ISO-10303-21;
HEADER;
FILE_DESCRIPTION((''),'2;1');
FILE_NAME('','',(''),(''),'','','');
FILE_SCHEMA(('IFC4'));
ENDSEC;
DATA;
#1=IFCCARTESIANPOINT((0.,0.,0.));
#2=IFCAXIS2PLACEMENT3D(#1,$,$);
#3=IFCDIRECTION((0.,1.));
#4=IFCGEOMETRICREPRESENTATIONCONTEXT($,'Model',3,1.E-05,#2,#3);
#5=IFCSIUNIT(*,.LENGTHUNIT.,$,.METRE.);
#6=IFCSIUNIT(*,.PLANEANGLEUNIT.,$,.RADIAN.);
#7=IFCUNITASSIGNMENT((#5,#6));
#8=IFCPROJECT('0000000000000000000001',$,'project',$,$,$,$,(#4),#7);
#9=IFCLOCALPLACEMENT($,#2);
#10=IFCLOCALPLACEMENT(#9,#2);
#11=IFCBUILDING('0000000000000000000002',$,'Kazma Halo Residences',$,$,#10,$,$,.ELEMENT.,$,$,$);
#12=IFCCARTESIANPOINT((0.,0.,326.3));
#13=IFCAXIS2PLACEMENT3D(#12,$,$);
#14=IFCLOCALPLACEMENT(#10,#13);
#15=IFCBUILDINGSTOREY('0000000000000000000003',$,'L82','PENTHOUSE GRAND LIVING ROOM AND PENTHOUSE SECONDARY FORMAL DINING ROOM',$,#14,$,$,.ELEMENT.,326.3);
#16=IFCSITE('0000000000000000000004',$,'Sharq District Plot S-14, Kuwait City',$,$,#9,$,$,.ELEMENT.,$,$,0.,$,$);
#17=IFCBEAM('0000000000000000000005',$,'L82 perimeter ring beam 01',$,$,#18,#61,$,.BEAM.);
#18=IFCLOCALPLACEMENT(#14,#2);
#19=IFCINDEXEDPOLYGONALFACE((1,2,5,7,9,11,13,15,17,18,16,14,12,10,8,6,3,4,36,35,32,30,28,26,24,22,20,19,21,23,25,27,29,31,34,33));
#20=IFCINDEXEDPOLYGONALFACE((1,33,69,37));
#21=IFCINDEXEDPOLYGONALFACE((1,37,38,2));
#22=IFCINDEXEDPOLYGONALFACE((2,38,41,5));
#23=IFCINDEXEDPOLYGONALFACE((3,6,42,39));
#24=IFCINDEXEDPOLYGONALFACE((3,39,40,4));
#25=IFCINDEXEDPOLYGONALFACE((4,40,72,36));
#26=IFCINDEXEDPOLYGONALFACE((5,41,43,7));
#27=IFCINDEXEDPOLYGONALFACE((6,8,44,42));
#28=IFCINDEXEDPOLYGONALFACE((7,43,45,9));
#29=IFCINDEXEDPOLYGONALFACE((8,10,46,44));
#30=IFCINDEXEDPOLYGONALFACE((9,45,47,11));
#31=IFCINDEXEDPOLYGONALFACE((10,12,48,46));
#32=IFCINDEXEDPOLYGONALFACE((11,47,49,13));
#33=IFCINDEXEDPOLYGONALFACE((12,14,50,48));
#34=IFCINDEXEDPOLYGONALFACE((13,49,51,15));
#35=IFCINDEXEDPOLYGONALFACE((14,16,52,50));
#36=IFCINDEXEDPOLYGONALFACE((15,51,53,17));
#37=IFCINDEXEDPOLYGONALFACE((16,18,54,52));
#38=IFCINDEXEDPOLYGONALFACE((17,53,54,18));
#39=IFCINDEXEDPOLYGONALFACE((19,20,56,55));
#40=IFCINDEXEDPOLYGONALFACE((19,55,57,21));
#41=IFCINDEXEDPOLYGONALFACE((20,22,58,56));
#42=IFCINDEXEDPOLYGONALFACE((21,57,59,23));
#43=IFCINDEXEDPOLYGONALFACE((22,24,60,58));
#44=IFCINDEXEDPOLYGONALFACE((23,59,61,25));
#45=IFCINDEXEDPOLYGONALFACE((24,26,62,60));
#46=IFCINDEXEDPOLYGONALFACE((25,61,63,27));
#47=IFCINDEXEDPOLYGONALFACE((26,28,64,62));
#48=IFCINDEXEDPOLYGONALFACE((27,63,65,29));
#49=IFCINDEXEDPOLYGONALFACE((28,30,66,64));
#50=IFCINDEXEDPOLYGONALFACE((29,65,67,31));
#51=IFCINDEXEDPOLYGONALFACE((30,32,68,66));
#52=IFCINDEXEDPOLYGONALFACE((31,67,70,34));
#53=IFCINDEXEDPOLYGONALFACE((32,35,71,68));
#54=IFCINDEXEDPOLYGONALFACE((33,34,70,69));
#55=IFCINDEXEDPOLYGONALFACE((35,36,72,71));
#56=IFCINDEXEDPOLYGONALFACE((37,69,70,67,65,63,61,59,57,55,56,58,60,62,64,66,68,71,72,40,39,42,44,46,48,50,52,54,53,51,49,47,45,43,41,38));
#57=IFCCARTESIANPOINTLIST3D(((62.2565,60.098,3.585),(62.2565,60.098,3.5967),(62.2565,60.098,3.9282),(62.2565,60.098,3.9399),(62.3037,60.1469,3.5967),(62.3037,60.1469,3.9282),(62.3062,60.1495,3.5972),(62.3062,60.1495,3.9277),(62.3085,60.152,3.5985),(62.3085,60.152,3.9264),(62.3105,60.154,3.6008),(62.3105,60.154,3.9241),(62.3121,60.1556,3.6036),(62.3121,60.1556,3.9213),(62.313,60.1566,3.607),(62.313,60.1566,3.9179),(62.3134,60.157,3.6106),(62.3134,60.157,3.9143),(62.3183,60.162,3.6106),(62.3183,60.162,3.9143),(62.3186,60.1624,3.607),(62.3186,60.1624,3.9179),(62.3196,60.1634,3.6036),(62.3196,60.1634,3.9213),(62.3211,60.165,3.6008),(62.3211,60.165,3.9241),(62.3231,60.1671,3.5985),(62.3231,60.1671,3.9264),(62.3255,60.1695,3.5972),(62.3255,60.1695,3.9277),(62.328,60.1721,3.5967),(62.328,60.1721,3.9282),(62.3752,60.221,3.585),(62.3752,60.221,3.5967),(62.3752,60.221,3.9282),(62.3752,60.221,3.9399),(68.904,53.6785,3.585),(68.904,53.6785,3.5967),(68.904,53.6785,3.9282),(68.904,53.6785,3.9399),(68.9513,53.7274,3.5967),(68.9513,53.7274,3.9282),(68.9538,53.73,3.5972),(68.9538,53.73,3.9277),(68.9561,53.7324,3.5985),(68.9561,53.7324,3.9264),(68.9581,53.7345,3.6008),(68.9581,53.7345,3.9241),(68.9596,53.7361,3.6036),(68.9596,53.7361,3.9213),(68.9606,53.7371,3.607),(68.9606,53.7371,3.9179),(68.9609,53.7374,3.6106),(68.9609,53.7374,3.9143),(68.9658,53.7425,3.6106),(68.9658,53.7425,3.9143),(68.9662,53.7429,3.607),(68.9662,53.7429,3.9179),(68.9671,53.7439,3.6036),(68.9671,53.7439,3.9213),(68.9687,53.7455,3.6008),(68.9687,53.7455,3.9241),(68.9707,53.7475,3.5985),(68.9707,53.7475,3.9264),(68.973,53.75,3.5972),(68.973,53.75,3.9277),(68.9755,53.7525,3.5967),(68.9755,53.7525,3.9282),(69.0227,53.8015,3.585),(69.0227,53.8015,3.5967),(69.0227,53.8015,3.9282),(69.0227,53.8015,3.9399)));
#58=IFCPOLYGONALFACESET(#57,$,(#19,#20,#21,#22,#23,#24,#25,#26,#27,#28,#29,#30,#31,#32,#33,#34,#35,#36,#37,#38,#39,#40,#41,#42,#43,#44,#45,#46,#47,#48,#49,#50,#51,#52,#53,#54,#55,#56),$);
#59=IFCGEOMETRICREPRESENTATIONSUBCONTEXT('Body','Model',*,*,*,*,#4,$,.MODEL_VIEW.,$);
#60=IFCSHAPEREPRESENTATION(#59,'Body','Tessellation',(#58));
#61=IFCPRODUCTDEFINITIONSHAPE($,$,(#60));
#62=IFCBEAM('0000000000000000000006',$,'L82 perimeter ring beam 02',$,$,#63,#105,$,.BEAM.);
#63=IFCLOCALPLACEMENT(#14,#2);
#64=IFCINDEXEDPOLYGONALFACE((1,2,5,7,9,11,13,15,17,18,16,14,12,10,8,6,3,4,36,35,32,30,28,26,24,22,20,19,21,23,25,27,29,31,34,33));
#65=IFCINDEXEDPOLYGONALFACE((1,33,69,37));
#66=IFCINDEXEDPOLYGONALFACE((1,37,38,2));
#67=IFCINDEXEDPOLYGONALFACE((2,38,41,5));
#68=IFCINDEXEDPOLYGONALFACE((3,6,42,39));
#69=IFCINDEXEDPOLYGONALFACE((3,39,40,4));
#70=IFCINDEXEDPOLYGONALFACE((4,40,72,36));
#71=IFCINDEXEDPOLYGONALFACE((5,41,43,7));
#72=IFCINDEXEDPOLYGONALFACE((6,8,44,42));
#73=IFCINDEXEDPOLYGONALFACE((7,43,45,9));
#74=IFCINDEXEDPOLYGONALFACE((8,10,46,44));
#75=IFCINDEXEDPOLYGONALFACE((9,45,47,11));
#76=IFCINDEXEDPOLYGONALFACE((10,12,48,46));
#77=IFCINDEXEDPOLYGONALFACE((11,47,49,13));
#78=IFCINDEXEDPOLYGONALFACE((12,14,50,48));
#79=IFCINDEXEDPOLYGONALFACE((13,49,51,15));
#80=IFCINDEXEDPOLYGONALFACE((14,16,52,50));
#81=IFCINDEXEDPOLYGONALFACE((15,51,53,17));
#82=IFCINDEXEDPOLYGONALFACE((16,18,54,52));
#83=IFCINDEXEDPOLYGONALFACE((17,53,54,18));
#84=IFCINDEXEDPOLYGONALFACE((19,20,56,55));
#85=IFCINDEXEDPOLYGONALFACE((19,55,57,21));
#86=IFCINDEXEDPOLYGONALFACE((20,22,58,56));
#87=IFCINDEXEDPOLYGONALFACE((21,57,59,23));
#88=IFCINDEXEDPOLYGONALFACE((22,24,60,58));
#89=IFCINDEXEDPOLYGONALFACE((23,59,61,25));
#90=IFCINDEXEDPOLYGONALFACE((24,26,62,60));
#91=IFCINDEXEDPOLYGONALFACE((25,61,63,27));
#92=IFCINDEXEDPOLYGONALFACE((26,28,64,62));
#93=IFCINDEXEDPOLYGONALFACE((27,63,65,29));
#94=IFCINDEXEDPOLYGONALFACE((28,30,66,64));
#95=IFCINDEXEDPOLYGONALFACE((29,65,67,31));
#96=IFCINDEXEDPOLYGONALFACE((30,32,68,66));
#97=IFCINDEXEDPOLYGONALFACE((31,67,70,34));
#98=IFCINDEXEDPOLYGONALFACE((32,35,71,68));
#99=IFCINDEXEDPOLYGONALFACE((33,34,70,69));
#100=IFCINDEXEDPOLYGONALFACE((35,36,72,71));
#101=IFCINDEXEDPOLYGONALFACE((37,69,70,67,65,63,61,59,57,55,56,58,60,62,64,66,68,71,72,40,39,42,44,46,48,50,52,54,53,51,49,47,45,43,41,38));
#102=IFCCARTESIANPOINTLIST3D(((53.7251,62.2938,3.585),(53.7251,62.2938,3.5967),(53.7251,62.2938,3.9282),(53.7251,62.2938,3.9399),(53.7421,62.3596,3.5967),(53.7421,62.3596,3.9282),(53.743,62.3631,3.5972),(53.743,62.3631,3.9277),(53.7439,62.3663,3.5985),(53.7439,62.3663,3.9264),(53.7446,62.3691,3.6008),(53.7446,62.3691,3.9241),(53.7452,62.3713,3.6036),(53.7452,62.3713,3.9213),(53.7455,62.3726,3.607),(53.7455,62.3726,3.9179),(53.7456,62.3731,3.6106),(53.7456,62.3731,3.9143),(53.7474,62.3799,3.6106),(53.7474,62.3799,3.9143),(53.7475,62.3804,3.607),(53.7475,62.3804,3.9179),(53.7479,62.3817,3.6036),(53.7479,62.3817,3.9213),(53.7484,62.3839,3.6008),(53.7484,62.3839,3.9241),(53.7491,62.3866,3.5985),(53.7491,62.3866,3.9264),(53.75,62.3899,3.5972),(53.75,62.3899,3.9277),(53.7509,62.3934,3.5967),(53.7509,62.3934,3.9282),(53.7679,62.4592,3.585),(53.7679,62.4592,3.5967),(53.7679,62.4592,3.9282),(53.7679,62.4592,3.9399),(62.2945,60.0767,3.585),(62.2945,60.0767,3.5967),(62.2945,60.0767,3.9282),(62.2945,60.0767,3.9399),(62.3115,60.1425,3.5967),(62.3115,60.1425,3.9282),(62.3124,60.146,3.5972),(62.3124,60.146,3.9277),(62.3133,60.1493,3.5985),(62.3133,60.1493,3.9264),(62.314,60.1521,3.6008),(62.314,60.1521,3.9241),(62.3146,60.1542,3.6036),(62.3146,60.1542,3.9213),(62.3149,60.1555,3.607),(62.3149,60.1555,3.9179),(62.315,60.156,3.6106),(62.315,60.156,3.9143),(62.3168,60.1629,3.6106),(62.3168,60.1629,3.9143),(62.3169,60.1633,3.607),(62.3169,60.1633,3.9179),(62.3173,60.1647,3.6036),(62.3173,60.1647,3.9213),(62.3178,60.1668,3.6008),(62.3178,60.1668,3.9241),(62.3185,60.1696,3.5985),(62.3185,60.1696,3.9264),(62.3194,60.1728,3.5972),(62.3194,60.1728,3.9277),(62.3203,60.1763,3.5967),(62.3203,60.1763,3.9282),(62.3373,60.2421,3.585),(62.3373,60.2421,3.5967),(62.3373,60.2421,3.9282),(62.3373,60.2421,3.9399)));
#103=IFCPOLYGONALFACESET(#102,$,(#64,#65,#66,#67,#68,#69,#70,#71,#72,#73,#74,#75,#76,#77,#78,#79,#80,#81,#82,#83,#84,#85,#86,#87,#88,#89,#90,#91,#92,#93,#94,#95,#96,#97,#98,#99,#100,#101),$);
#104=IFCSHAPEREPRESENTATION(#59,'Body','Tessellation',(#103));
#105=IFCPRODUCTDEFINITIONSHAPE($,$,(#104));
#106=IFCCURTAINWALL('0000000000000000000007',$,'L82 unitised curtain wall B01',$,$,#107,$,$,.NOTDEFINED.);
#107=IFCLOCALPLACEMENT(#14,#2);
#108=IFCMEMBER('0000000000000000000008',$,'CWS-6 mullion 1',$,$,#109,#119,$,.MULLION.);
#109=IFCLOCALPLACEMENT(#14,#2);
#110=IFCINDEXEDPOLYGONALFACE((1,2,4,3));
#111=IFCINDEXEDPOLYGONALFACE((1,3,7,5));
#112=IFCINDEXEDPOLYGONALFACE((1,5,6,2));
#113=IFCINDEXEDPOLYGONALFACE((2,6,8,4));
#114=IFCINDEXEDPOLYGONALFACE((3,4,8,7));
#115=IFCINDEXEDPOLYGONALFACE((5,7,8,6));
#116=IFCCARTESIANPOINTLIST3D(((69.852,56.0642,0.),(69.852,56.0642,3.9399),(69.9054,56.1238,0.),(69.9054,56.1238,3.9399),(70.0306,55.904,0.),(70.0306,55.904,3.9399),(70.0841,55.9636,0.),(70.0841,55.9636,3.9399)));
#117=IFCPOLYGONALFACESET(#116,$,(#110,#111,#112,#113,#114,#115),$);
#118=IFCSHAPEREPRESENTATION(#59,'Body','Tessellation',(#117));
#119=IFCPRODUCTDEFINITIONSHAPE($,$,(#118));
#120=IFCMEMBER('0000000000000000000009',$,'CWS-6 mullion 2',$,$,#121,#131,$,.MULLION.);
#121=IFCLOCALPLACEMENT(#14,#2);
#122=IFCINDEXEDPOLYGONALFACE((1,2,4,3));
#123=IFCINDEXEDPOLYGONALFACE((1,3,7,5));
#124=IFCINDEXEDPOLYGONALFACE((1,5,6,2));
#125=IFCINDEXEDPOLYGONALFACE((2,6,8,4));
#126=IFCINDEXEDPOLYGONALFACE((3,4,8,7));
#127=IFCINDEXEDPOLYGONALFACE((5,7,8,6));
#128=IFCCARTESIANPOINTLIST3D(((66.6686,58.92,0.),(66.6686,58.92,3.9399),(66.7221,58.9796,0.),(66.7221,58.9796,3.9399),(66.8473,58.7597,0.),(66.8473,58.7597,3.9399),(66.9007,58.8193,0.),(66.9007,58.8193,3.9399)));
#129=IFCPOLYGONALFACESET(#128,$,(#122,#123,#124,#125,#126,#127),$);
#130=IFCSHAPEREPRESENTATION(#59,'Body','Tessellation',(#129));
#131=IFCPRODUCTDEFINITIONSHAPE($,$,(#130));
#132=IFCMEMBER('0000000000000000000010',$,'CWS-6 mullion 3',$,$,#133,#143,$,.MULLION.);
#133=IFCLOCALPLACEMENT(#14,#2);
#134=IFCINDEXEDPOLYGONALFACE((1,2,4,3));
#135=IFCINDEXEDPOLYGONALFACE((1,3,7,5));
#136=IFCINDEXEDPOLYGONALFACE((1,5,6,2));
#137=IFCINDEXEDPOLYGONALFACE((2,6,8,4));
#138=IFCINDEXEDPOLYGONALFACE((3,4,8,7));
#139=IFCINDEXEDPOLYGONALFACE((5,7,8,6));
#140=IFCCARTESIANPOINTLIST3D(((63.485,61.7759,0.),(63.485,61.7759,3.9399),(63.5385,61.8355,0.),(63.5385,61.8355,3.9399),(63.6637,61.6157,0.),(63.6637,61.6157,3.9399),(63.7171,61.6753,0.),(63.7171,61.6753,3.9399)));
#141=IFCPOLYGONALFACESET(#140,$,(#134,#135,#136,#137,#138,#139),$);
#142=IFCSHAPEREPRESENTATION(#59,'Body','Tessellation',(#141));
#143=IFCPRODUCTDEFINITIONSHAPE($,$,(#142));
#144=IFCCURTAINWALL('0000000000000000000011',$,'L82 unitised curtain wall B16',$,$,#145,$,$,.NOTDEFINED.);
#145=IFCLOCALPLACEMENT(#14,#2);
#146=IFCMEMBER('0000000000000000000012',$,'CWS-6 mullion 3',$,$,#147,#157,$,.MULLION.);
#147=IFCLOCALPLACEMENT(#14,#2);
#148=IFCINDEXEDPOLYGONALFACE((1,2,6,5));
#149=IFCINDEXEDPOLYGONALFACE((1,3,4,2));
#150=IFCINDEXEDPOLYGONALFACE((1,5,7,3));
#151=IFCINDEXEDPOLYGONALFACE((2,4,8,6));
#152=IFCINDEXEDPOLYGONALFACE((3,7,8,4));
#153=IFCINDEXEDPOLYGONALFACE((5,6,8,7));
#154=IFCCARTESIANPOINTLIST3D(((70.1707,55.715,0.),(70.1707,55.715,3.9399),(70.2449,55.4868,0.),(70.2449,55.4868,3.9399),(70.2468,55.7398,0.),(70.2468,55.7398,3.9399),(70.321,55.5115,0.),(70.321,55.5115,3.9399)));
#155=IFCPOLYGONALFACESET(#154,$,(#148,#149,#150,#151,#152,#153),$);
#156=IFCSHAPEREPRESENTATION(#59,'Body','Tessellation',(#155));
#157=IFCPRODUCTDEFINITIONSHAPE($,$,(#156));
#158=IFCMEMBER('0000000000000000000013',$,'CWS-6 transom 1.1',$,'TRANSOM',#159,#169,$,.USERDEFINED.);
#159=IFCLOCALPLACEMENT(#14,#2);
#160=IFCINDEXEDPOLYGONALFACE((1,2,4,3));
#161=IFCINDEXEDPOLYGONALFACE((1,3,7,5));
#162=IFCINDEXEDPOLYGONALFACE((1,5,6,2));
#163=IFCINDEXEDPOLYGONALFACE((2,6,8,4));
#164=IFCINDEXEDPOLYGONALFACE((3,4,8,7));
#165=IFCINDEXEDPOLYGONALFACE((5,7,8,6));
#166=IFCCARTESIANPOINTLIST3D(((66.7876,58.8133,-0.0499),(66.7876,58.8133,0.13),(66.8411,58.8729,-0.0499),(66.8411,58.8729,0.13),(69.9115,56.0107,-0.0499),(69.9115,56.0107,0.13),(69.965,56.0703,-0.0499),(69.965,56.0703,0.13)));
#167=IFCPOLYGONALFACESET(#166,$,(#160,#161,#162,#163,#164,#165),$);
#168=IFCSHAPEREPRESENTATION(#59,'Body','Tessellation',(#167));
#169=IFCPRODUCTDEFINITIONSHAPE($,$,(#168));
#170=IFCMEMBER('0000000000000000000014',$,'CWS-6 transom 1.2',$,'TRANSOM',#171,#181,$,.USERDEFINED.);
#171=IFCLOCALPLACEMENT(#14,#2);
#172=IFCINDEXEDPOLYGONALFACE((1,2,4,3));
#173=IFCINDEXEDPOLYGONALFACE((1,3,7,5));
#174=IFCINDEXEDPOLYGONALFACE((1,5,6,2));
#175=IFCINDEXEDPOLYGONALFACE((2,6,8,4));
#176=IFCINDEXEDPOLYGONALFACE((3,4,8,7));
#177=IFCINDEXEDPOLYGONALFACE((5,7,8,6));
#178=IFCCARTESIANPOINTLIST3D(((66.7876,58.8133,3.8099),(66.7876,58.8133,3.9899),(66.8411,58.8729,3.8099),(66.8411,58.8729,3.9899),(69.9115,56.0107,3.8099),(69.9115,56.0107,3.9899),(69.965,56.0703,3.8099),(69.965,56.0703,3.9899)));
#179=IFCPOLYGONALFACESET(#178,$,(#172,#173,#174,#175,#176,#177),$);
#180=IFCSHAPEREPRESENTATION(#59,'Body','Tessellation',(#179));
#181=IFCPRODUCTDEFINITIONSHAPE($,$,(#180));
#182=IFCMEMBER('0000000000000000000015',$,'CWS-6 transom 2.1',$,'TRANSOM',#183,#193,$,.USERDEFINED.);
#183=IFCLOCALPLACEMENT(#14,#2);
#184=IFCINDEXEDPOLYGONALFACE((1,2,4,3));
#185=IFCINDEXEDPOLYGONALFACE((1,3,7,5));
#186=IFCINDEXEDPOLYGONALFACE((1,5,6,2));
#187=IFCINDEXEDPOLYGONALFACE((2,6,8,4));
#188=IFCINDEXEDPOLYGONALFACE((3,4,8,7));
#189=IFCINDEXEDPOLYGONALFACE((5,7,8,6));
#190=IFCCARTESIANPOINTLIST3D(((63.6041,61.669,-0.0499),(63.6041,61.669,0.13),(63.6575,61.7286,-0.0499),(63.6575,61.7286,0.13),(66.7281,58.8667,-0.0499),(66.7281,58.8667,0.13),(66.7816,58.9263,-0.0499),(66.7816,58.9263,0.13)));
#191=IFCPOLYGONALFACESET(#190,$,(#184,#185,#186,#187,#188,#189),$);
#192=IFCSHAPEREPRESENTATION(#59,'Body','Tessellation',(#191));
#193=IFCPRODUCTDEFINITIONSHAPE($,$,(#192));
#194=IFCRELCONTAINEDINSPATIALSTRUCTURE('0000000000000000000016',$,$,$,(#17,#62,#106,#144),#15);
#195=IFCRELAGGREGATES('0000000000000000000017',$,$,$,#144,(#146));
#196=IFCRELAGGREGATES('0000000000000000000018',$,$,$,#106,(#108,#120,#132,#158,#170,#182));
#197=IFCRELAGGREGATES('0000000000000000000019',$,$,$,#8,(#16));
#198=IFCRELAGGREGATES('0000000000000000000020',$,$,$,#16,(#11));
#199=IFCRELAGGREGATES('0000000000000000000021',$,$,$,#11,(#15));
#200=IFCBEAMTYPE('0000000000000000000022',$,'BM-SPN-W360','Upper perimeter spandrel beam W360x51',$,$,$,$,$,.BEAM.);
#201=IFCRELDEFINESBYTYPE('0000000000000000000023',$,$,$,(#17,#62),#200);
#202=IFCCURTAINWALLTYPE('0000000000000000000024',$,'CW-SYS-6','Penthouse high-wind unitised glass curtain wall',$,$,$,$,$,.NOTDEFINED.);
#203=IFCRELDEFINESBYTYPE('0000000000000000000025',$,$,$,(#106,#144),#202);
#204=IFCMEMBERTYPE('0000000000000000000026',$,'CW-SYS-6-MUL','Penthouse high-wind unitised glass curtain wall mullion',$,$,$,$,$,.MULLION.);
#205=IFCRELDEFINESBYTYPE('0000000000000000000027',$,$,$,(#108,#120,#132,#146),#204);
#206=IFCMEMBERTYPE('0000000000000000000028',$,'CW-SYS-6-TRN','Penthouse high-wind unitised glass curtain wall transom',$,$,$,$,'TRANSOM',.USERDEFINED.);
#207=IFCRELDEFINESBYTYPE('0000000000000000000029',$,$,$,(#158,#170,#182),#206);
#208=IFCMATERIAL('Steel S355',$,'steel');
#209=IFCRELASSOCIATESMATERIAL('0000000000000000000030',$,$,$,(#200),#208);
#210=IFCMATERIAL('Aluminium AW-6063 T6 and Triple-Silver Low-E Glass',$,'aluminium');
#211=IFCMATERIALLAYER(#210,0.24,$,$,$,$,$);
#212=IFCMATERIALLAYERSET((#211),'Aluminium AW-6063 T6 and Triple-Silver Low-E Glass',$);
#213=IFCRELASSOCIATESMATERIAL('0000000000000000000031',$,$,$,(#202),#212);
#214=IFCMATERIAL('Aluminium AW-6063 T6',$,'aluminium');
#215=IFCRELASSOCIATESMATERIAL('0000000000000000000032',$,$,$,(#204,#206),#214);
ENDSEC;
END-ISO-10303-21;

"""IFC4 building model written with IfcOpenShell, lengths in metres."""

from ifc_helpers import new_model, si_unit, direction, frame, origin, origin_2d, place, context, subcontext, project, spatial, rectangle, i_section, extrude, material, layer, layer_set, material_profile, profile_set, type_object, element, aggregate, save


model = new_model("IFC4")

# Units and contexts
model_context = context("Model", 3, precision=1e-05, world=origin(), true_north=direction((0.0, 1.0)))
body_context = subcontext(model_context, "Body", "Model", "MODEL_VIEW")
ifc_project = project(units=[si_unit("LENGTHUNIT", "METRE"), si_unit("PLANEANGLEUNIT", "RADIAN")], contexts=[model_context])

# Site, building, storey
site_placement = place(None, origin())
site = spatial("IfcSite", under=ifc_project, at=site_placement, Name="Sharq District Plot S-14, Kuwait City", CompositionType="ELEMENT", RefElevation=0.0)
building_placement = place(site_placement, origin())
building = spatial("IfcBuilding", under=site, at=building_placement, Name="Kazma Halo Residences", CompositionType="ELEMENT")
storey_placement = place(building_placement, frame((0.0, 0.0, 326.3)))
storey = spatial("IfcBuildingStorey", under=building, at=storey_placement, Name="L82", Description="PENTHOUSE GRAND LIVING ROOM AND PENTHOUSE SECONDARY FORMAL DINING ROOM", CompositionType="ELEMENT", Elevation=326.3)

# Beams
ifc_material_1 = material(Name="Steel S355", Category="steel")
ifc_material_profile_1 = material_profile(ifc_material_1, i_section(OverallWidth=0.1709, OverallDepth=0.355, WebThickness=0.0071, FlangeThickness=0.0117, FilletRadius=0.0139, at=origin_2d()), Name="W360x51")
ifc_profile_set_1 = profile_set([ifc_material_profile_1], Name="Steel S355")
beam_type_1 = type_object("IfcBeamType", Name="BM-SPN-W360", Description="Upper perimeter spandrel beam W360x51", PredefinedType="BEAM", material=ifc_profile_set_1)
beam_1_placement = place(storey_placement, frame((68.9634, 53.74, 3.7625), z_axis=(-0.719337, 0.694661, 0.0), x_axis=(-0.694661, -0.719337, 0.0)))
element("IfcBeam", 1, at=beam_1_placement, inside=storey, type_object=beam_type_1, Name="L82 perimeter ring beam 01", PredefinedType="BEAM", context=body_context, shape_type="SweptSolid", body=[
    extrude(i_section(OverallWidth=0.1709, OverallDepth=0.355, WebThickness=0.0071, FlangeThickness=0.0117, FilletRadius=0.0139, at=origin_2d()), origin(), (0.0, 0.0, 1.0), 9.2412),
])
beam_2_placement = place(storey_placement, frame((62.3159, 60.1594, 3.7625), z_axis=(-0.968124, 0.250471, 0.0), x_axis=(-0.250471, -0.968124, 0.0)))
element("IfcBeam", 2, at=beam_2_placement, inside=storey, type_object=beam_type_1, Name="L82 perimeter ring beam 02", PredefinedType="BEAM", context=body_context, shape_type="SweptSolid", body=[
    extrude(i_section(OverallWidth=0.1709, OverallDepth=0.355, WebThickness=0.0071, FlangeThickness=0.0117, FilletRadius=0.0139, at=origin_2d()), origin(), (0.0, 0.0, 1.0), 8.8516),
])

# Curtain wall, members
ifc_material_2 = material(Name="Aluminium AW-6063 T6 and Triple-Silver Low-E Glass", Category="aluminium")
ifc_layer_1 = layer(ifc_material_2, 0.24)
ifc_layer_set_1 = layer_set([ifc_layer_1], Name="Aluminium AW-6063 T6 and Triple-Silver Low-E Glass")
curtain_wall_type = type_object("IfcCurtainWallType", Name="CW-SYS-6", Description="Penthouse high-wind unitised glass curtain wall", PredefinedType="NOTDEFINED", material=ifc_layer_set_1)
curtain_wall_1_placement = place(storey_placement, origin())
curtain_wall_1 = element("IfcCurtainWall", 3, at=curtain_wall_1_placement, inside=storey, type_object=curtain_wall_type, Name="L82 unitised curtain wall B01", PredefinedType="NOTDEFINED")
ifc_material_3 = material(Name="Aluminium AW-6063 T6", Category="aluminium")
ifc_material_profile_2 = material_profile(ifc_material_3, rectangle(XDim=0.0801, YDim=0.24, at=origin_2d()), Name="CWM-80x240")
ifc_profile_set_2 = profile_set([ifc_material_profile_2], Name="Aluminium AW-6063 T6")
member_type_1 = type_object("IfcMemberType", Name="CW-SYS-6-MUL", Description="Penthouse high-wind unitised glass curtain wall mullion", PredefinedType="MULLION", material=ifc_profile_set_2)
member_1_placement = place(storey_placement, frame((69.968, 56.0139, 0.0), z_axis=(0.0, 0.0, 1.0), x_axis=(-0.667758, -0.744379, 0.0)))
member_1 = element("IfcMember", 4, at=member_1_placement, type_object=member_type_1, Name="CWS-6 mullion 1", PredefinedType="MULLION", context=body_context, shape_type="SweptSolid", body=[
    extrude(rectangle(XDim=0.0801, YDim=0.24, at=origin_2d()), origin(), (0.0, 0.0, 1.0), 3.9399),
])
member_2_placement = place(storey_placement, frame((66.7847, 58.8696, 0.0), z_axis=(0.0, 0.0, 1.0), x_axis=(-0.667758, -0.744379, 0.0)))
member_2 = element("IfcMember", 5, at=member_2_placement, type_object=member_type_1, Name="CWS-6 mullion 2", PredefinedType="MULLION", context=body_context, shape_type="SweptSolid", body=[
    extrude(rectangle(XDim=0.0801, YDim=0.24, at=origin_2d()), origin(), (0.0, 0.0, 1.0), 3.9399),
])
member_3_placement = place(storey_placement, frame((63.6011, 61.7256, 0.0), z_axis=(0.0, 0.0, 1.0), x_axis=(-0.667758, -0.744379, 0.0)))
member_3 = element("IfcMember", 6, at=member_3_placement, type_object=member_type_1, Name="CWS-6 mullion 3", PredefinedType="MULLION", context=body_context, shape_type="SweptSolid", body=[
    extrude(rectangle(XDim=0.0801, YDim=0.24, at=origin_2d()), origin(), (0.0, 0.0, 1.0), 3.9399),
])

# Curtain wall, member
curtain_wall_2_placement = place(storey_placement, origin())
curtain_wall_2 = element("IfcCurtainWall", 7, at=curtain_wall_2_placement, inside=storey, type_object=curtain_wall_type, Name="L82 unitised curtain wall B16", PredefinedType="NOTDEFINED")
member_4_placement = place(storey_placement, frame((70.2458, 55.6133, 0.0), z_axis=(0.0, 0.0, 1.0), x_axis=(-0.951056, -0.309019, 0.0)))
member_4 = element("IfcMember", 8, at=member_4_placement, type_object=member_type_1, Name="CWS-6 mullion 3", PredefinedType="MULLION", context=body_context, shape_type="SweptSolid", body=[
    extrude(rectangle(XDim=0.0801, YDim=0.24, at=origin_2d()), origin(), (0.0, 0.0, 1.0), 3.9399),
])
aggregate(curtain_wall_2, [member_4])

# Members
ifc_material_profile_3 = material_profile(ifc_material_3, rectangle(XDim=0.0801, YDim=0.1799, at=origin_2d()), Name="CWT-80x180")
ifc_profile_set_3 = profile_set([ifc_material_profile_3], Name="Aluminium AW-6063 T6")
member_type_2 = type_object("IfcMemberType", Name="CW-SYS-6-TRN", Description="Penthouse high-wind unitised glass curtain wall transom", ElementType="TRANSOM", PredefinedType="USERDEFINED", material=ifc_profile_set_3)
member_5_placement = place(storey_placement, frame((69.9382, 56.0405, 0.04), z_axis=(-0.744349, 0.667791, 0.0), x_axis=(-0.667791, -0.744349, 0.0)))
member_5 = element("IfcMember", 9, at=member_5_placement, type_object=member_type_2, Name="CWS-6 transom 1.1", ObjectType="TRANSOM", PredefinedType="USERDEFINED", context=body_context, shape_type="SweptSolid", body=[
    extrude(rectangle(XDim=0.0801, YDim=0.1799, at=origin_2d()), origin(), (0.0, 0.0, 1.0), 4.1968),
])
member_6_placement = place(storey_placement, frame((69.9382, 56.0405, 3.8999), z_axis=(-0.744349, 0.667791, 0.0), x_axis=(-0.667791, -0.744349, 0.0)))
member_6 = element("IfcMember", 10, at=member_6_placement, type_object=member_type_2, Name="CWS-6 transom 1.2", ObjectType="TRANSOM", PredefinedType="USERDEFINED", context=body_context, shape_type="SweptSolid", body=[
    extrude(rectangle(XDim=0.0801, YDim=0.1799, at=origin_2d()), origin(), (0.0, 0.0, 1.0), 4.1968),
])
member_7_placement = place(storey_placement, frame((66.7549, 58.8965, 0.04), z_axis=(-0.744404, 0.66773, 0.0), x_axis=(-0.66773, -0.744404, 0.0)))
member_7 = element("IfcMember", 11, at=member_7_placement, type_object=member_type_2, Name="CWS-6 transom 2.1", ObjectType="TRANSOM", PredefinedType="USERDEFINED", context=body_context, shape_type="SweptSolid", body=[
    extrude(rectangle(XDim=0.0801, YDim=0.1799, at=origin_2d()), origin(), (0.0, 0.0, 1.0), 4.1968),
])

aggregate(curtain_wall_1, [member_1, member_2, member_3, member_5, member_6, member_7])

save(model, "model.ifc")
